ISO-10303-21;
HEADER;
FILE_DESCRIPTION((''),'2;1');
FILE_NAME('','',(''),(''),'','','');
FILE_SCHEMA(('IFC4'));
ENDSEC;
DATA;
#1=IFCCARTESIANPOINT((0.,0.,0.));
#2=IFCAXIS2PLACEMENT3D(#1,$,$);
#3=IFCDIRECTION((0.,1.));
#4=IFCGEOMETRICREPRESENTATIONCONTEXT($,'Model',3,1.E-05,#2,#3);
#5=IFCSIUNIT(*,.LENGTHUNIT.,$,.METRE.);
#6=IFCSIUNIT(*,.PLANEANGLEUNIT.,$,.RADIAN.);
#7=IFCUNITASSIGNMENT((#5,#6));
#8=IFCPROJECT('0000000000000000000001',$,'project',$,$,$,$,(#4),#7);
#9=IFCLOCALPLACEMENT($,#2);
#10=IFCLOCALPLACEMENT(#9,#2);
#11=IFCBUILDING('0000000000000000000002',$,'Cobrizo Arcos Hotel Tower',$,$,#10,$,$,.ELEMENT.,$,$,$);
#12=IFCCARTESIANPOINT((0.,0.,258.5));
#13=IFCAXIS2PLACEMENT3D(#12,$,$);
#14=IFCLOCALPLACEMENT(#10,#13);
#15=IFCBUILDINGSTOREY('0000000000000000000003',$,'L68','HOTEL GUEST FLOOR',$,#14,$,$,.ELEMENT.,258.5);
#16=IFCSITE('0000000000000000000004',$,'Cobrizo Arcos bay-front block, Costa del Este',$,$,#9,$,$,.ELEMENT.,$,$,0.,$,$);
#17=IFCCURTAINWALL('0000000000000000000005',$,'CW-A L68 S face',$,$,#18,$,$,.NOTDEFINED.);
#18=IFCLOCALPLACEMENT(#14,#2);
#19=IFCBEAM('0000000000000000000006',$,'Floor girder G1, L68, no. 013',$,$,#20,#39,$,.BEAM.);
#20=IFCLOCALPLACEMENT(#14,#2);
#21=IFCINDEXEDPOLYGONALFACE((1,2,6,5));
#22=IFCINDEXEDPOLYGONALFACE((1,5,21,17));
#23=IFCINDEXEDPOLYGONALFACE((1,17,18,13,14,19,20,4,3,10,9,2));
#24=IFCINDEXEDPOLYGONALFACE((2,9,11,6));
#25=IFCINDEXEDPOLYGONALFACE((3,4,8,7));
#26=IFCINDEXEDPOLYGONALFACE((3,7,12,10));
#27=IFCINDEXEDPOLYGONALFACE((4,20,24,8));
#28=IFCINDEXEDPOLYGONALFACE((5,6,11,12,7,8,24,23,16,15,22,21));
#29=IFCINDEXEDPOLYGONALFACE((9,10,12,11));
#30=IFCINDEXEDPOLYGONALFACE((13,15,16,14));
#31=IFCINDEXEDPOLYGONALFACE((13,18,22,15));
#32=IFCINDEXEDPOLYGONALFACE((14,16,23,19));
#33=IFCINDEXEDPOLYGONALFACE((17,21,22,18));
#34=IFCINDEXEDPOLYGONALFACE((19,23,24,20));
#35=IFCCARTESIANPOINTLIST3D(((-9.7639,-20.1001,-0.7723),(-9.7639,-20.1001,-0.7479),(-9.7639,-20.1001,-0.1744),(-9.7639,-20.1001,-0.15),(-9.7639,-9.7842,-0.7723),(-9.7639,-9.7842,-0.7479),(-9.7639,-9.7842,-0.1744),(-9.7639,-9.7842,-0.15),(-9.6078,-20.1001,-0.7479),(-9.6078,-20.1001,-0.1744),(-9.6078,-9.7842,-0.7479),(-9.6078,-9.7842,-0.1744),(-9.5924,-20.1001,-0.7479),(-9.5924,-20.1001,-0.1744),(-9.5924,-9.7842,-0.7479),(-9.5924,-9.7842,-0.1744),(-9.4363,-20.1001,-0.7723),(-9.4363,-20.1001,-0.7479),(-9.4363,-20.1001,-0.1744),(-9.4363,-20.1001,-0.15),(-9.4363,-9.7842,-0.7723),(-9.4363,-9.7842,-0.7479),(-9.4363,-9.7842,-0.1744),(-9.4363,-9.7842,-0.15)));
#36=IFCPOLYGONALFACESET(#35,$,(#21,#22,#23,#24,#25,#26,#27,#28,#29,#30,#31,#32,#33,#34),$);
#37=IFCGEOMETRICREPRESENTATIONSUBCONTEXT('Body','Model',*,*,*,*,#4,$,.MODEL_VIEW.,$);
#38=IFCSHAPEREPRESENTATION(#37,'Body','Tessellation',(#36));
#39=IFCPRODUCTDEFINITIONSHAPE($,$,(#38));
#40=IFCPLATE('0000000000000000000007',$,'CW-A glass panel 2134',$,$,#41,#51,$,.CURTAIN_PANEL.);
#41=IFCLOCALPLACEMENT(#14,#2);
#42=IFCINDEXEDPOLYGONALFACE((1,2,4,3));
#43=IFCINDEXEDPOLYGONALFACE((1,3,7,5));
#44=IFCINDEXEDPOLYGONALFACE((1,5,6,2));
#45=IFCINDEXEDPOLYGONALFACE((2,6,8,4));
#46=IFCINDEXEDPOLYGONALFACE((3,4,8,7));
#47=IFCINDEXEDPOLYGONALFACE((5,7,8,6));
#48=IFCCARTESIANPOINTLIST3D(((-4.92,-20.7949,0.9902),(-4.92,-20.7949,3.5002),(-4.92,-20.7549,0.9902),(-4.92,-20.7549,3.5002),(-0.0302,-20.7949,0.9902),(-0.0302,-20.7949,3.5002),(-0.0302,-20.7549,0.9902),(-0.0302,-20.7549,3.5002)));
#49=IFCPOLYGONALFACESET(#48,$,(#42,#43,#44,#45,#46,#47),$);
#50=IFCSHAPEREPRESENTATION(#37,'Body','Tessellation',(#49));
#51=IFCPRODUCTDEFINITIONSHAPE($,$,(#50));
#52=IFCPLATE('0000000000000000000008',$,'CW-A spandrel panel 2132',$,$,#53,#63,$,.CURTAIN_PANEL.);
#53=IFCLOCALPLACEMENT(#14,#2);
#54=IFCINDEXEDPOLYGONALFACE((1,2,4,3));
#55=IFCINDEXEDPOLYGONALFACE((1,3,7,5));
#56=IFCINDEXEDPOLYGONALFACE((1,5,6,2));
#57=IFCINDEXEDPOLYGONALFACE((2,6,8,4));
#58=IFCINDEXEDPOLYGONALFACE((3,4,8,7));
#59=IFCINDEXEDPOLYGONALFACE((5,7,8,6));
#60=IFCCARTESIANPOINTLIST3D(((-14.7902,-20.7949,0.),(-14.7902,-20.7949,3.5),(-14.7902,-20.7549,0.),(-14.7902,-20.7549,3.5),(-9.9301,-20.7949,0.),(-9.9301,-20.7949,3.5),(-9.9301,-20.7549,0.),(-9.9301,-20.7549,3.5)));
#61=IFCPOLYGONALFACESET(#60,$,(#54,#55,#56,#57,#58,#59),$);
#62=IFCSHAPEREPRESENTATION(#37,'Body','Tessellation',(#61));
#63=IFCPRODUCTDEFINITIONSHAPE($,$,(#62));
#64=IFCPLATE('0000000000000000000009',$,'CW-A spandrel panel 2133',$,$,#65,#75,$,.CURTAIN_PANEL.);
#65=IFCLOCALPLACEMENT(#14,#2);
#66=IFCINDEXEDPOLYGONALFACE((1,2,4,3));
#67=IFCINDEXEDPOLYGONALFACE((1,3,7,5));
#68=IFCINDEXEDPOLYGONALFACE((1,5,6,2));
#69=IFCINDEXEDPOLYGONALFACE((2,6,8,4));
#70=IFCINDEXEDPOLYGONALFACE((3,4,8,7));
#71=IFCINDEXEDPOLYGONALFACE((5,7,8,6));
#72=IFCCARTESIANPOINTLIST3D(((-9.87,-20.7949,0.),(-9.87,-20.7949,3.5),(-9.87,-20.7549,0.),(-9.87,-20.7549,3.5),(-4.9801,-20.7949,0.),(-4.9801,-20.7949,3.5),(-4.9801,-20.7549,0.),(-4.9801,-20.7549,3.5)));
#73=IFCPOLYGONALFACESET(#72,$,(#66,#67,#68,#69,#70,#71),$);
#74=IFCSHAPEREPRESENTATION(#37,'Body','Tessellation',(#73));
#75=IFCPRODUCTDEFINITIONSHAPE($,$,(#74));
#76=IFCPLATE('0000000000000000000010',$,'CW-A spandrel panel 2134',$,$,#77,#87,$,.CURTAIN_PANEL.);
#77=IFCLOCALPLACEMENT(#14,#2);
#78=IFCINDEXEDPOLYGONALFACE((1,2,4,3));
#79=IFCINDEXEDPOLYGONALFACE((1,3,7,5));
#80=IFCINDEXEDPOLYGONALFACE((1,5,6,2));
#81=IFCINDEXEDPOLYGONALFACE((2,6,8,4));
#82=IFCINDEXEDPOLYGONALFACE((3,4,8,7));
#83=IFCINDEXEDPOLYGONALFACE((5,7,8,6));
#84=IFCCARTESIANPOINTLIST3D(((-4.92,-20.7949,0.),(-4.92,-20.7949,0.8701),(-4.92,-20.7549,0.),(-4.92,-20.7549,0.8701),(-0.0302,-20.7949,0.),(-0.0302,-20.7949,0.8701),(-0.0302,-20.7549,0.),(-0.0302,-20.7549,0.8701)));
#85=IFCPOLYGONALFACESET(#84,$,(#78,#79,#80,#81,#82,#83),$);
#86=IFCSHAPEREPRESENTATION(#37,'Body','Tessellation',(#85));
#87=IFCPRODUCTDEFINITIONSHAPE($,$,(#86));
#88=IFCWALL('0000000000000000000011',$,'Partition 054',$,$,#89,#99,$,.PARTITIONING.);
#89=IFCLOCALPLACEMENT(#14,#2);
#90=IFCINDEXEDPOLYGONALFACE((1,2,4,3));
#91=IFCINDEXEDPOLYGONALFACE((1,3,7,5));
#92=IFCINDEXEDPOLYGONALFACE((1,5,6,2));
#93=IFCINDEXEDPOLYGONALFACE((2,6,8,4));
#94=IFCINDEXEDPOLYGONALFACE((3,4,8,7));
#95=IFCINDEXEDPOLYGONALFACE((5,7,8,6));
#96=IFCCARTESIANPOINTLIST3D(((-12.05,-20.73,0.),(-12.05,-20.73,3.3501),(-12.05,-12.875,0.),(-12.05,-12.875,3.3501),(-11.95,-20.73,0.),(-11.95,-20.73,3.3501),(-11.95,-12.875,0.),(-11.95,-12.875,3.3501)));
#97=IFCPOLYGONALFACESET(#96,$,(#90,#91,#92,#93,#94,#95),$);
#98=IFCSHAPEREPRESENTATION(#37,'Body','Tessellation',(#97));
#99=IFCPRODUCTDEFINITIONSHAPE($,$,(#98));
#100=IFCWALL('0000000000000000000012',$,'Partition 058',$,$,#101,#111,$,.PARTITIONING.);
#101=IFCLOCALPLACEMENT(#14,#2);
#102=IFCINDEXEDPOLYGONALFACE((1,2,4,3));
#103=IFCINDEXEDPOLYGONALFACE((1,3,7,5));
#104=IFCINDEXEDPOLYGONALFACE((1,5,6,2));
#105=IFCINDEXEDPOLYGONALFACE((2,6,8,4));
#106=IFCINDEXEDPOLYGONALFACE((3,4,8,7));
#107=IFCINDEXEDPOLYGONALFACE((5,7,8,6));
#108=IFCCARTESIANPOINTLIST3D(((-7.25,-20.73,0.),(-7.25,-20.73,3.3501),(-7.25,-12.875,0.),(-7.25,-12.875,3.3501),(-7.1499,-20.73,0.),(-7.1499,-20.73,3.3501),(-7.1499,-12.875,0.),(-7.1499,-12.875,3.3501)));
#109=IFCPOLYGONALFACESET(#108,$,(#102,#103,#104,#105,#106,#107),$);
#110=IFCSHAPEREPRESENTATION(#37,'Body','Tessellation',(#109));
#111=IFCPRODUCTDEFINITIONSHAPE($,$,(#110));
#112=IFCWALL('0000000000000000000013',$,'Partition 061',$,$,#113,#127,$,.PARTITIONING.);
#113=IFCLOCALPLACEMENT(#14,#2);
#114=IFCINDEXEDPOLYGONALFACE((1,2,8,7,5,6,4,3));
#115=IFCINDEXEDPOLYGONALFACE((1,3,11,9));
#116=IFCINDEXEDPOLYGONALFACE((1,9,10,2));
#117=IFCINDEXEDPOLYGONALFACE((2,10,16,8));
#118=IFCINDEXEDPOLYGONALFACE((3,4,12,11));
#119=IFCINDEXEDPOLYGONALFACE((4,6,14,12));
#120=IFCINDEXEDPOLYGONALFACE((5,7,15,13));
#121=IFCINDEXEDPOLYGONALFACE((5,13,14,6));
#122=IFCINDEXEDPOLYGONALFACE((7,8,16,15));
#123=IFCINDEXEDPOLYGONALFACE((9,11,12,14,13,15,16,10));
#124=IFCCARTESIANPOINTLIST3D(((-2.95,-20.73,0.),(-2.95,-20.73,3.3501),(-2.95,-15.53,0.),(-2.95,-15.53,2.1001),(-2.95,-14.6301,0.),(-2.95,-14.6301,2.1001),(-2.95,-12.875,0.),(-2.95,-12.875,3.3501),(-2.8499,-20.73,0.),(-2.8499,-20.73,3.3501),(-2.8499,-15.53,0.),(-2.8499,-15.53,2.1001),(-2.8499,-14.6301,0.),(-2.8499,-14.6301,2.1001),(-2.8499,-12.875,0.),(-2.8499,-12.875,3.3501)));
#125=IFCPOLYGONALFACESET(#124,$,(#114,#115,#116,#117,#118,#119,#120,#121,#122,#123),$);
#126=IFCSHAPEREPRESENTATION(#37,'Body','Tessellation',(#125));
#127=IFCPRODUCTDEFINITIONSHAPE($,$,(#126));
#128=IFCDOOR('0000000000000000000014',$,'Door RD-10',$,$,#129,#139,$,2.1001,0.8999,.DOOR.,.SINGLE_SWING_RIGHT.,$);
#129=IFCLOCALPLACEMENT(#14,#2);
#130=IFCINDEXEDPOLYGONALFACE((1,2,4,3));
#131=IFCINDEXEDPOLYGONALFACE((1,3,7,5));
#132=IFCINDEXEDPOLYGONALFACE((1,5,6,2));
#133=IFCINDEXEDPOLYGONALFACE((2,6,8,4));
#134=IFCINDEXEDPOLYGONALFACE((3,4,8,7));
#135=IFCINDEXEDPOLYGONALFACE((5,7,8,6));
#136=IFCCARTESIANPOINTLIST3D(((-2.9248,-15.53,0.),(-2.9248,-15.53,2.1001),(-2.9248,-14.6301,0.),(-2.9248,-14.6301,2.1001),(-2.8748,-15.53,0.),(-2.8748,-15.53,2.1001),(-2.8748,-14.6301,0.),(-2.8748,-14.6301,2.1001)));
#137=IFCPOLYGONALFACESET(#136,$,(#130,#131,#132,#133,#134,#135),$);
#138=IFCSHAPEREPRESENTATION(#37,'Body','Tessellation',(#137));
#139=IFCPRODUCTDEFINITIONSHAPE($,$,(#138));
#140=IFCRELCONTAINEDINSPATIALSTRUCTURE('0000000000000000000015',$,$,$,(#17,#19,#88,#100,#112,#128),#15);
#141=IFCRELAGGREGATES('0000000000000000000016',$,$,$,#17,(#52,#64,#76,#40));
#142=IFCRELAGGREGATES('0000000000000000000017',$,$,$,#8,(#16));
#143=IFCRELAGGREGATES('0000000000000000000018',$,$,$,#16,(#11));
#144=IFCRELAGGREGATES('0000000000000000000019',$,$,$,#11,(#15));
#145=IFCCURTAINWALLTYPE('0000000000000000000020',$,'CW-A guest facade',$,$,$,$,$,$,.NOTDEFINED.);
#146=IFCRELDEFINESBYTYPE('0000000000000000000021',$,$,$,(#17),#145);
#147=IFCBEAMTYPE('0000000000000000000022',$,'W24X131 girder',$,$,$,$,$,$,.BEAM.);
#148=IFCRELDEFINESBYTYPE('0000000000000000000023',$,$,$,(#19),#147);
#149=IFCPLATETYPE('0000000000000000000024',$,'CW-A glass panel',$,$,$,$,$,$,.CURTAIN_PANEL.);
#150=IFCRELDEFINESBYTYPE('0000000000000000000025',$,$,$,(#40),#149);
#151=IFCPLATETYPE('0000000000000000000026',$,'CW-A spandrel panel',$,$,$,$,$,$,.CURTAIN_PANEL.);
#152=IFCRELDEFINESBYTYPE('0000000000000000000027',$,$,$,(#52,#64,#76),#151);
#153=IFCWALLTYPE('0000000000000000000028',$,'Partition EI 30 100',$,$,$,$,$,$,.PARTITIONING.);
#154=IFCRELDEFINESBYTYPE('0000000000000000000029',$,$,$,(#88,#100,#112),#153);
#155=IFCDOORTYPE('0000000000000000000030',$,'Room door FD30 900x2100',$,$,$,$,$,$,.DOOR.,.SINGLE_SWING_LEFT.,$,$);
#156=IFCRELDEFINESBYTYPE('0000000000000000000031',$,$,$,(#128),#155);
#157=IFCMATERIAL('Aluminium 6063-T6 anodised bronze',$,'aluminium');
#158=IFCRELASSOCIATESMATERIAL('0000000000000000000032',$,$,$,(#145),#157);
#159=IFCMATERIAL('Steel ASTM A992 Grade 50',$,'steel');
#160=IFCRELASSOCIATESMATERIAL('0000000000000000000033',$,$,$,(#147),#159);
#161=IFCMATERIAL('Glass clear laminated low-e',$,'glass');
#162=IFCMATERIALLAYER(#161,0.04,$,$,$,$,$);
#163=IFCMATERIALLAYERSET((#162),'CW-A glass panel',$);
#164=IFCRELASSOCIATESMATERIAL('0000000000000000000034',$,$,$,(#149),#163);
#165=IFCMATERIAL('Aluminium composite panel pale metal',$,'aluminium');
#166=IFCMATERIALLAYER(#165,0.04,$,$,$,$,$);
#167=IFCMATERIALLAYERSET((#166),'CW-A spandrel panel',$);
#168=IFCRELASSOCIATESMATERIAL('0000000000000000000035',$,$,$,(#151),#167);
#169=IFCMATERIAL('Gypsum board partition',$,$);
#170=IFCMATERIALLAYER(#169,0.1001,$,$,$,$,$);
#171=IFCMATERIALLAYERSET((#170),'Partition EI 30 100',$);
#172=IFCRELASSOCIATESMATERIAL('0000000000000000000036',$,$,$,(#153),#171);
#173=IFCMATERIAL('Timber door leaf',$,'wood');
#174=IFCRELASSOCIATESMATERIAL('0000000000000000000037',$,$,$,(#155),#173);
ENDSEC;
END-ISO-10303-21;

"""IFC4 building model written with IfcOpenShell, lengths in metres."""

from ifc_helpers import new_model, si_unit, direction, frame, frame_2d, origin, origin_2d, place, context, subcontext, project, spatial, rectangle, i_section, extrude, material, layer, layer_set, material_profile, profile_set, type_object, element, fill, aggregate, save


model = new_model("IFC4")

# Units and contexts
model_context = context("Model", 3, precision=1e-05, world=origin(), true_north=direction((0.0, 1.0)))
body_context = subcontext(model_context, "Body", "Model", "MODEL_VIEW")
ifc_project = project(units=[si_unit("LENGTHUNIT", "METRE"), si_unit("PLANEANGLEUNIT", "RADIAN")], contexts=[model_context])

# Site, building, storey
site_placement = place(None, origin())
site = spatial("IfcSite", under=ifc_project, at=site_placement, Name="Cobrizo Arcos bay-front block, Costa del Este", CompositionType="ELEMENT", RefElevation=0.0)
building_placement = place(site_placement, origin())
building = spatial("IfcBuilding", under=site, at=building_placement, Name="Cobrizo Arcos Hotel Tower", CompositionType="ELEMENT")
storey_placement = place(building_placement, frame((0.0, 0.0, 258.5)))
storey = spatial("IfcBuildingStorey", under=building, at=storey_placement, Name="L68", Description="HOTEL GUEST FLOOR", CompositionType="ELEMENT", Elevation=258.5)

# Curtain wall
ifc_material_1 = material(Name="Aluminium 6063-T6 anodised bronze", Category="aluminium")
curtain_wall_type = type_object("IfcCurtainWallType", Name="CW-A guest facade", PredefinedType="NOTDEFINED", material=ifc_material_1)
curtain_wall_placement = place(storey_placement, origin())
curtain_wall = element("IfcCurtainWall", 1, at=curtain_wall_placement, inside=storey, type_object=curtain_wall_type, Name="CW-A L68 S face", PredefinedType="NOTDEFINED")

# Beam
ifc_material_2 = material(Name="Steel ASTM A992 Grade 50", Category="steel")
ifc_material_profile_1 = material_profile(ifc_material_2, i_section(OverallWidth=0.3276, OverallDepth=0.6223, WebThickness=0.0154, FlangeThickness=0.0244, at=origin_2d()), Name="W24X131")
ifc_profile_set_1 = profile_set([ifc_material_profile_1], Name="Steel ASTM A992 Grade 50")
beam_type_1 = type_object("IfcBeamType", Name="W24X131 girder", PredefinedType="BEAM", material=ifc_profile_set_1)
beam_1_placement = place(storey_placement, frame((-9.6001, -20.1001, -0.4612), z_axis=(0.0, 1.0, 0.0), x_axis=(-1.0, 0.0, 0.0)))
element("IfcBeam", 2, at=beam_1_placement, inside=storey, type_object=beam_type_1, Name="Floor girder G1, L68, no. 013", PredefinedType="BEAM", context=body_context, shape_type="SweptSolid", body=[
    extrude(i_section(OverallWidth=0.3276, OverallDepth=0.6223, WebThickness=0.0154, FlangeThickness=0.0244, at=origin_2d()), origin(), (0.0, 0.0, 1.0), 10.3159),
])

# Plates
ifc_material_3 = material(Name="Glass clear laminated low-e", Category="glass")
ifc_layer_1 = layer(ifc_material_3, 0.04)
ifc_layer_set_1 = layer_set([ifc_layer_1], Name="CW-A glass panel")
plate_type_1 = type_object("IfcPlateType", Name="CW-A glass panel", PredefinedType="CURTAIN_PANEL", material=ifc_layer_set_1)
plate_1_placement = place(storey_placement, frame((-2.4751, -20.7749, 0.9902), z_axis=(0.0, 0.0, 1.0), x_axis=(1.0, 0.0, 0.0)))
plate_1 = element("IfcPlate", 3, at=plate_1_placement, type_object=plate_type_1, Name="CW-A glass panel 2134", PredefinedType="CURTAIN_PANEL", context=body_context, shape_type="SweptSolid", body=[
    extrude(rectangle(XDim=4.8899, YDim=0.04, at=origin_2d()), origin(), (0.0, 0.0, 1.0), 2.51),
])
ifc_material_4 = material(Name="Aluminium composite panel pale metal", Category="aluminium")
ifc_layer_2 = layer(ifc_material_4, 0.04)
ifc_layer_set_2 = layer_set([ifc_layer_2], Name="CW-A spandrel panel")
plate_type_2 = type_object("IfcPlateType", Name="CW-A spandrel panel", PredefinedType="CURTAIN_PANEL", material=ifc_layer_set_2)
plate_2_placement = place(storey_placement, frame((-12.3601, -20.7749, 0.0), z_axis=(0.0, 0.0, 1.0), x_axis=(1.0, 0.0, 0.0)))
plate_2 = element("IfcPlate", 4, at=plate_2_placement, type_object=plate_type_2, Name="CW-A spandrel panel 2132", PredefinedType="CURTAIN_PANEL", context=body_context, shape_type="SweptSolid", body=[
    extrude(rectangle(XDim=4.8601, YDim=0.04, at=origin_2d()), origin(), (0.0, 0.0, 1.0), 3.5),
])
plate_3_placement = place(storey_placement, frame((-7.425, -20.7749, 0.0), z_axis=(0.0, 0.0, 1.0), x_axis=(1.0, 0.0, 0.0)))
plate_3 = element("IfcPlate", 5, at=plate_3_placement, type_object=plate_type_2, Name="CW-A spandrel panel 2133", PredefinedType="CURTAIN_PANEL", context=body_context, shape_type="SweptSolid", body=[
    extrude(rectangle(XDim=4.8899, YDim=0.04, at=origin_2d()), origin(), (0.0, 0.0, 1.0), 3.5),
])
plate_4_placement = place(storey_placement, frame((-2.4751, -20.7749, 0.0), z_axis=(0.0, 0.0, 1.0), x_axis=(1.0, 0.0, 0.0)))
plate_4 = element("IfcPlate", 6, at=plate_4_placement, type_object=plate_type_2, Name="CW-A spandrel panel 2134", PredefinedType="CURTAIN_PANEL", context=body_context, shape_type="SweptSolid", body=[
    extrude(rectangle(XDim=4.8899, YDim=0.04, at=origin_2d()), origin(), (0.0, 0.0, 1.0), 0.8701),
])
aggregate(curtain_wall, [plate_2, plate_3, plate_4, plate_1])

# Walls
ifc_material_5 = material(Name="Gypsum board partition")
ifc_layer_3 = layer(ifc_material_5, 0.1001)
ifc_layer_set_3 = layer_set([ifc_layer_3], Name="Partition EI 30 100")
wall_type = type_object("IfcWallType", Name="Partition EI 30 100", PredefinedType="PARTITIONING", material=ifc_layer_set_3)
for number, where, z_axis, x_axis, name in (
    (7, (-12.0, -20.73, 0.0), (0.0, 0.0, 1.0), (0.0, 1.0, 0.0), "Partition 054"),
    (8, (-7.2, -20.73, 0.0), (0.0, 0.0, 1.0), (0.0, 1.0, 0.0), "Partition 058"),
):
    element("IfcWall", number, at=place(storey_placement, frame(where, z_axis=z_axis, x_axis=x_axis)), inside=storey, type_object=wall_type, Name=name, PredefinedType="PARTITIONING", context=body_context, shape_type="SweptSolid", body=[
        extrude(rectangle(XDim=7.855, YDim=0.1001, at=frame_2d((3.9275, 0.0))), origin(), (0.0, 0.0, 1.0), 3.3501),
    ])

# Wall, opening, door
wall_placement = place(storey_placement, frame((-2.8999, -20.73, 0.0), z_axis=(0.0, 0.0, 1.0), x_axis=(0.0, 1.0, 0.0)))
wall = element("IfcWall", 9, at=wall_placement, inside=storey, type_object=wall_type, Name="Partition 061", PredefinedType="PARTITIONING", context=body_context, shape_type="SweptSolid", body=[
    extrude(rectangle(XDim=7.855, YDim=0.1001, at=frame_2d((3.9275, 0.0))), origin(), (0.0, 0.0, 1.0), 3.3501),
])
opening_placement = place(wall_placement, frame((5.2, 0.0, 0.0)))
opening = element("IfcOpeningElement", 10, at=opening_placement, cuts=wall, PredefinedType="OPENING", context=body_context, shape_type="SweptSolid", body=[
    extrude(rectangle(XDim=0.8999, YDim=2.1001, at=frame_2d((0.45, 1.05))), frame((0.0, 0.062, 0.0), z_axis=(0.0, -1.0, 0.0), x_axis=(1.0, 0.0, 0.0)), (0.0, 0.0, 1.0), 0.124),
])
ifc_material_6 = material(Name="Timber door leaf", Category="wood")
door_type = type_object("IfcDoorType", Name="Room door FD30 900x2100", OperationType="SINGLE_SWING_LEFT", PredefinedType="DOOR", material=ifc_material_6)
door_placement = place(opening_placement, origin())
door = element("IfcDoor", 11, at=door_placement, inside=storey, type_object=door_type, Name="Door RD-10", OperationType="SINGLE_SWING_RIGHT", OverallHeight=2.1001, OverallWidth=0.8999, PredefinedType="DOOR", context=body_context, shape_type="SweptSolid", body=[
    extrude(rectangle(XDim=0.8999, YDim=2.1001, at=frame_2d((0.45, 1.05))), frame((0.0, 0.0249, 0.0), z_axis=(0.0, -1.0, 0.0), x_axis=(1.0, 0.0, 0.0)), (0.0, 0.0, 1.0), 0.05),
])
fill(opening, door)

save(model, "model.ifc")
